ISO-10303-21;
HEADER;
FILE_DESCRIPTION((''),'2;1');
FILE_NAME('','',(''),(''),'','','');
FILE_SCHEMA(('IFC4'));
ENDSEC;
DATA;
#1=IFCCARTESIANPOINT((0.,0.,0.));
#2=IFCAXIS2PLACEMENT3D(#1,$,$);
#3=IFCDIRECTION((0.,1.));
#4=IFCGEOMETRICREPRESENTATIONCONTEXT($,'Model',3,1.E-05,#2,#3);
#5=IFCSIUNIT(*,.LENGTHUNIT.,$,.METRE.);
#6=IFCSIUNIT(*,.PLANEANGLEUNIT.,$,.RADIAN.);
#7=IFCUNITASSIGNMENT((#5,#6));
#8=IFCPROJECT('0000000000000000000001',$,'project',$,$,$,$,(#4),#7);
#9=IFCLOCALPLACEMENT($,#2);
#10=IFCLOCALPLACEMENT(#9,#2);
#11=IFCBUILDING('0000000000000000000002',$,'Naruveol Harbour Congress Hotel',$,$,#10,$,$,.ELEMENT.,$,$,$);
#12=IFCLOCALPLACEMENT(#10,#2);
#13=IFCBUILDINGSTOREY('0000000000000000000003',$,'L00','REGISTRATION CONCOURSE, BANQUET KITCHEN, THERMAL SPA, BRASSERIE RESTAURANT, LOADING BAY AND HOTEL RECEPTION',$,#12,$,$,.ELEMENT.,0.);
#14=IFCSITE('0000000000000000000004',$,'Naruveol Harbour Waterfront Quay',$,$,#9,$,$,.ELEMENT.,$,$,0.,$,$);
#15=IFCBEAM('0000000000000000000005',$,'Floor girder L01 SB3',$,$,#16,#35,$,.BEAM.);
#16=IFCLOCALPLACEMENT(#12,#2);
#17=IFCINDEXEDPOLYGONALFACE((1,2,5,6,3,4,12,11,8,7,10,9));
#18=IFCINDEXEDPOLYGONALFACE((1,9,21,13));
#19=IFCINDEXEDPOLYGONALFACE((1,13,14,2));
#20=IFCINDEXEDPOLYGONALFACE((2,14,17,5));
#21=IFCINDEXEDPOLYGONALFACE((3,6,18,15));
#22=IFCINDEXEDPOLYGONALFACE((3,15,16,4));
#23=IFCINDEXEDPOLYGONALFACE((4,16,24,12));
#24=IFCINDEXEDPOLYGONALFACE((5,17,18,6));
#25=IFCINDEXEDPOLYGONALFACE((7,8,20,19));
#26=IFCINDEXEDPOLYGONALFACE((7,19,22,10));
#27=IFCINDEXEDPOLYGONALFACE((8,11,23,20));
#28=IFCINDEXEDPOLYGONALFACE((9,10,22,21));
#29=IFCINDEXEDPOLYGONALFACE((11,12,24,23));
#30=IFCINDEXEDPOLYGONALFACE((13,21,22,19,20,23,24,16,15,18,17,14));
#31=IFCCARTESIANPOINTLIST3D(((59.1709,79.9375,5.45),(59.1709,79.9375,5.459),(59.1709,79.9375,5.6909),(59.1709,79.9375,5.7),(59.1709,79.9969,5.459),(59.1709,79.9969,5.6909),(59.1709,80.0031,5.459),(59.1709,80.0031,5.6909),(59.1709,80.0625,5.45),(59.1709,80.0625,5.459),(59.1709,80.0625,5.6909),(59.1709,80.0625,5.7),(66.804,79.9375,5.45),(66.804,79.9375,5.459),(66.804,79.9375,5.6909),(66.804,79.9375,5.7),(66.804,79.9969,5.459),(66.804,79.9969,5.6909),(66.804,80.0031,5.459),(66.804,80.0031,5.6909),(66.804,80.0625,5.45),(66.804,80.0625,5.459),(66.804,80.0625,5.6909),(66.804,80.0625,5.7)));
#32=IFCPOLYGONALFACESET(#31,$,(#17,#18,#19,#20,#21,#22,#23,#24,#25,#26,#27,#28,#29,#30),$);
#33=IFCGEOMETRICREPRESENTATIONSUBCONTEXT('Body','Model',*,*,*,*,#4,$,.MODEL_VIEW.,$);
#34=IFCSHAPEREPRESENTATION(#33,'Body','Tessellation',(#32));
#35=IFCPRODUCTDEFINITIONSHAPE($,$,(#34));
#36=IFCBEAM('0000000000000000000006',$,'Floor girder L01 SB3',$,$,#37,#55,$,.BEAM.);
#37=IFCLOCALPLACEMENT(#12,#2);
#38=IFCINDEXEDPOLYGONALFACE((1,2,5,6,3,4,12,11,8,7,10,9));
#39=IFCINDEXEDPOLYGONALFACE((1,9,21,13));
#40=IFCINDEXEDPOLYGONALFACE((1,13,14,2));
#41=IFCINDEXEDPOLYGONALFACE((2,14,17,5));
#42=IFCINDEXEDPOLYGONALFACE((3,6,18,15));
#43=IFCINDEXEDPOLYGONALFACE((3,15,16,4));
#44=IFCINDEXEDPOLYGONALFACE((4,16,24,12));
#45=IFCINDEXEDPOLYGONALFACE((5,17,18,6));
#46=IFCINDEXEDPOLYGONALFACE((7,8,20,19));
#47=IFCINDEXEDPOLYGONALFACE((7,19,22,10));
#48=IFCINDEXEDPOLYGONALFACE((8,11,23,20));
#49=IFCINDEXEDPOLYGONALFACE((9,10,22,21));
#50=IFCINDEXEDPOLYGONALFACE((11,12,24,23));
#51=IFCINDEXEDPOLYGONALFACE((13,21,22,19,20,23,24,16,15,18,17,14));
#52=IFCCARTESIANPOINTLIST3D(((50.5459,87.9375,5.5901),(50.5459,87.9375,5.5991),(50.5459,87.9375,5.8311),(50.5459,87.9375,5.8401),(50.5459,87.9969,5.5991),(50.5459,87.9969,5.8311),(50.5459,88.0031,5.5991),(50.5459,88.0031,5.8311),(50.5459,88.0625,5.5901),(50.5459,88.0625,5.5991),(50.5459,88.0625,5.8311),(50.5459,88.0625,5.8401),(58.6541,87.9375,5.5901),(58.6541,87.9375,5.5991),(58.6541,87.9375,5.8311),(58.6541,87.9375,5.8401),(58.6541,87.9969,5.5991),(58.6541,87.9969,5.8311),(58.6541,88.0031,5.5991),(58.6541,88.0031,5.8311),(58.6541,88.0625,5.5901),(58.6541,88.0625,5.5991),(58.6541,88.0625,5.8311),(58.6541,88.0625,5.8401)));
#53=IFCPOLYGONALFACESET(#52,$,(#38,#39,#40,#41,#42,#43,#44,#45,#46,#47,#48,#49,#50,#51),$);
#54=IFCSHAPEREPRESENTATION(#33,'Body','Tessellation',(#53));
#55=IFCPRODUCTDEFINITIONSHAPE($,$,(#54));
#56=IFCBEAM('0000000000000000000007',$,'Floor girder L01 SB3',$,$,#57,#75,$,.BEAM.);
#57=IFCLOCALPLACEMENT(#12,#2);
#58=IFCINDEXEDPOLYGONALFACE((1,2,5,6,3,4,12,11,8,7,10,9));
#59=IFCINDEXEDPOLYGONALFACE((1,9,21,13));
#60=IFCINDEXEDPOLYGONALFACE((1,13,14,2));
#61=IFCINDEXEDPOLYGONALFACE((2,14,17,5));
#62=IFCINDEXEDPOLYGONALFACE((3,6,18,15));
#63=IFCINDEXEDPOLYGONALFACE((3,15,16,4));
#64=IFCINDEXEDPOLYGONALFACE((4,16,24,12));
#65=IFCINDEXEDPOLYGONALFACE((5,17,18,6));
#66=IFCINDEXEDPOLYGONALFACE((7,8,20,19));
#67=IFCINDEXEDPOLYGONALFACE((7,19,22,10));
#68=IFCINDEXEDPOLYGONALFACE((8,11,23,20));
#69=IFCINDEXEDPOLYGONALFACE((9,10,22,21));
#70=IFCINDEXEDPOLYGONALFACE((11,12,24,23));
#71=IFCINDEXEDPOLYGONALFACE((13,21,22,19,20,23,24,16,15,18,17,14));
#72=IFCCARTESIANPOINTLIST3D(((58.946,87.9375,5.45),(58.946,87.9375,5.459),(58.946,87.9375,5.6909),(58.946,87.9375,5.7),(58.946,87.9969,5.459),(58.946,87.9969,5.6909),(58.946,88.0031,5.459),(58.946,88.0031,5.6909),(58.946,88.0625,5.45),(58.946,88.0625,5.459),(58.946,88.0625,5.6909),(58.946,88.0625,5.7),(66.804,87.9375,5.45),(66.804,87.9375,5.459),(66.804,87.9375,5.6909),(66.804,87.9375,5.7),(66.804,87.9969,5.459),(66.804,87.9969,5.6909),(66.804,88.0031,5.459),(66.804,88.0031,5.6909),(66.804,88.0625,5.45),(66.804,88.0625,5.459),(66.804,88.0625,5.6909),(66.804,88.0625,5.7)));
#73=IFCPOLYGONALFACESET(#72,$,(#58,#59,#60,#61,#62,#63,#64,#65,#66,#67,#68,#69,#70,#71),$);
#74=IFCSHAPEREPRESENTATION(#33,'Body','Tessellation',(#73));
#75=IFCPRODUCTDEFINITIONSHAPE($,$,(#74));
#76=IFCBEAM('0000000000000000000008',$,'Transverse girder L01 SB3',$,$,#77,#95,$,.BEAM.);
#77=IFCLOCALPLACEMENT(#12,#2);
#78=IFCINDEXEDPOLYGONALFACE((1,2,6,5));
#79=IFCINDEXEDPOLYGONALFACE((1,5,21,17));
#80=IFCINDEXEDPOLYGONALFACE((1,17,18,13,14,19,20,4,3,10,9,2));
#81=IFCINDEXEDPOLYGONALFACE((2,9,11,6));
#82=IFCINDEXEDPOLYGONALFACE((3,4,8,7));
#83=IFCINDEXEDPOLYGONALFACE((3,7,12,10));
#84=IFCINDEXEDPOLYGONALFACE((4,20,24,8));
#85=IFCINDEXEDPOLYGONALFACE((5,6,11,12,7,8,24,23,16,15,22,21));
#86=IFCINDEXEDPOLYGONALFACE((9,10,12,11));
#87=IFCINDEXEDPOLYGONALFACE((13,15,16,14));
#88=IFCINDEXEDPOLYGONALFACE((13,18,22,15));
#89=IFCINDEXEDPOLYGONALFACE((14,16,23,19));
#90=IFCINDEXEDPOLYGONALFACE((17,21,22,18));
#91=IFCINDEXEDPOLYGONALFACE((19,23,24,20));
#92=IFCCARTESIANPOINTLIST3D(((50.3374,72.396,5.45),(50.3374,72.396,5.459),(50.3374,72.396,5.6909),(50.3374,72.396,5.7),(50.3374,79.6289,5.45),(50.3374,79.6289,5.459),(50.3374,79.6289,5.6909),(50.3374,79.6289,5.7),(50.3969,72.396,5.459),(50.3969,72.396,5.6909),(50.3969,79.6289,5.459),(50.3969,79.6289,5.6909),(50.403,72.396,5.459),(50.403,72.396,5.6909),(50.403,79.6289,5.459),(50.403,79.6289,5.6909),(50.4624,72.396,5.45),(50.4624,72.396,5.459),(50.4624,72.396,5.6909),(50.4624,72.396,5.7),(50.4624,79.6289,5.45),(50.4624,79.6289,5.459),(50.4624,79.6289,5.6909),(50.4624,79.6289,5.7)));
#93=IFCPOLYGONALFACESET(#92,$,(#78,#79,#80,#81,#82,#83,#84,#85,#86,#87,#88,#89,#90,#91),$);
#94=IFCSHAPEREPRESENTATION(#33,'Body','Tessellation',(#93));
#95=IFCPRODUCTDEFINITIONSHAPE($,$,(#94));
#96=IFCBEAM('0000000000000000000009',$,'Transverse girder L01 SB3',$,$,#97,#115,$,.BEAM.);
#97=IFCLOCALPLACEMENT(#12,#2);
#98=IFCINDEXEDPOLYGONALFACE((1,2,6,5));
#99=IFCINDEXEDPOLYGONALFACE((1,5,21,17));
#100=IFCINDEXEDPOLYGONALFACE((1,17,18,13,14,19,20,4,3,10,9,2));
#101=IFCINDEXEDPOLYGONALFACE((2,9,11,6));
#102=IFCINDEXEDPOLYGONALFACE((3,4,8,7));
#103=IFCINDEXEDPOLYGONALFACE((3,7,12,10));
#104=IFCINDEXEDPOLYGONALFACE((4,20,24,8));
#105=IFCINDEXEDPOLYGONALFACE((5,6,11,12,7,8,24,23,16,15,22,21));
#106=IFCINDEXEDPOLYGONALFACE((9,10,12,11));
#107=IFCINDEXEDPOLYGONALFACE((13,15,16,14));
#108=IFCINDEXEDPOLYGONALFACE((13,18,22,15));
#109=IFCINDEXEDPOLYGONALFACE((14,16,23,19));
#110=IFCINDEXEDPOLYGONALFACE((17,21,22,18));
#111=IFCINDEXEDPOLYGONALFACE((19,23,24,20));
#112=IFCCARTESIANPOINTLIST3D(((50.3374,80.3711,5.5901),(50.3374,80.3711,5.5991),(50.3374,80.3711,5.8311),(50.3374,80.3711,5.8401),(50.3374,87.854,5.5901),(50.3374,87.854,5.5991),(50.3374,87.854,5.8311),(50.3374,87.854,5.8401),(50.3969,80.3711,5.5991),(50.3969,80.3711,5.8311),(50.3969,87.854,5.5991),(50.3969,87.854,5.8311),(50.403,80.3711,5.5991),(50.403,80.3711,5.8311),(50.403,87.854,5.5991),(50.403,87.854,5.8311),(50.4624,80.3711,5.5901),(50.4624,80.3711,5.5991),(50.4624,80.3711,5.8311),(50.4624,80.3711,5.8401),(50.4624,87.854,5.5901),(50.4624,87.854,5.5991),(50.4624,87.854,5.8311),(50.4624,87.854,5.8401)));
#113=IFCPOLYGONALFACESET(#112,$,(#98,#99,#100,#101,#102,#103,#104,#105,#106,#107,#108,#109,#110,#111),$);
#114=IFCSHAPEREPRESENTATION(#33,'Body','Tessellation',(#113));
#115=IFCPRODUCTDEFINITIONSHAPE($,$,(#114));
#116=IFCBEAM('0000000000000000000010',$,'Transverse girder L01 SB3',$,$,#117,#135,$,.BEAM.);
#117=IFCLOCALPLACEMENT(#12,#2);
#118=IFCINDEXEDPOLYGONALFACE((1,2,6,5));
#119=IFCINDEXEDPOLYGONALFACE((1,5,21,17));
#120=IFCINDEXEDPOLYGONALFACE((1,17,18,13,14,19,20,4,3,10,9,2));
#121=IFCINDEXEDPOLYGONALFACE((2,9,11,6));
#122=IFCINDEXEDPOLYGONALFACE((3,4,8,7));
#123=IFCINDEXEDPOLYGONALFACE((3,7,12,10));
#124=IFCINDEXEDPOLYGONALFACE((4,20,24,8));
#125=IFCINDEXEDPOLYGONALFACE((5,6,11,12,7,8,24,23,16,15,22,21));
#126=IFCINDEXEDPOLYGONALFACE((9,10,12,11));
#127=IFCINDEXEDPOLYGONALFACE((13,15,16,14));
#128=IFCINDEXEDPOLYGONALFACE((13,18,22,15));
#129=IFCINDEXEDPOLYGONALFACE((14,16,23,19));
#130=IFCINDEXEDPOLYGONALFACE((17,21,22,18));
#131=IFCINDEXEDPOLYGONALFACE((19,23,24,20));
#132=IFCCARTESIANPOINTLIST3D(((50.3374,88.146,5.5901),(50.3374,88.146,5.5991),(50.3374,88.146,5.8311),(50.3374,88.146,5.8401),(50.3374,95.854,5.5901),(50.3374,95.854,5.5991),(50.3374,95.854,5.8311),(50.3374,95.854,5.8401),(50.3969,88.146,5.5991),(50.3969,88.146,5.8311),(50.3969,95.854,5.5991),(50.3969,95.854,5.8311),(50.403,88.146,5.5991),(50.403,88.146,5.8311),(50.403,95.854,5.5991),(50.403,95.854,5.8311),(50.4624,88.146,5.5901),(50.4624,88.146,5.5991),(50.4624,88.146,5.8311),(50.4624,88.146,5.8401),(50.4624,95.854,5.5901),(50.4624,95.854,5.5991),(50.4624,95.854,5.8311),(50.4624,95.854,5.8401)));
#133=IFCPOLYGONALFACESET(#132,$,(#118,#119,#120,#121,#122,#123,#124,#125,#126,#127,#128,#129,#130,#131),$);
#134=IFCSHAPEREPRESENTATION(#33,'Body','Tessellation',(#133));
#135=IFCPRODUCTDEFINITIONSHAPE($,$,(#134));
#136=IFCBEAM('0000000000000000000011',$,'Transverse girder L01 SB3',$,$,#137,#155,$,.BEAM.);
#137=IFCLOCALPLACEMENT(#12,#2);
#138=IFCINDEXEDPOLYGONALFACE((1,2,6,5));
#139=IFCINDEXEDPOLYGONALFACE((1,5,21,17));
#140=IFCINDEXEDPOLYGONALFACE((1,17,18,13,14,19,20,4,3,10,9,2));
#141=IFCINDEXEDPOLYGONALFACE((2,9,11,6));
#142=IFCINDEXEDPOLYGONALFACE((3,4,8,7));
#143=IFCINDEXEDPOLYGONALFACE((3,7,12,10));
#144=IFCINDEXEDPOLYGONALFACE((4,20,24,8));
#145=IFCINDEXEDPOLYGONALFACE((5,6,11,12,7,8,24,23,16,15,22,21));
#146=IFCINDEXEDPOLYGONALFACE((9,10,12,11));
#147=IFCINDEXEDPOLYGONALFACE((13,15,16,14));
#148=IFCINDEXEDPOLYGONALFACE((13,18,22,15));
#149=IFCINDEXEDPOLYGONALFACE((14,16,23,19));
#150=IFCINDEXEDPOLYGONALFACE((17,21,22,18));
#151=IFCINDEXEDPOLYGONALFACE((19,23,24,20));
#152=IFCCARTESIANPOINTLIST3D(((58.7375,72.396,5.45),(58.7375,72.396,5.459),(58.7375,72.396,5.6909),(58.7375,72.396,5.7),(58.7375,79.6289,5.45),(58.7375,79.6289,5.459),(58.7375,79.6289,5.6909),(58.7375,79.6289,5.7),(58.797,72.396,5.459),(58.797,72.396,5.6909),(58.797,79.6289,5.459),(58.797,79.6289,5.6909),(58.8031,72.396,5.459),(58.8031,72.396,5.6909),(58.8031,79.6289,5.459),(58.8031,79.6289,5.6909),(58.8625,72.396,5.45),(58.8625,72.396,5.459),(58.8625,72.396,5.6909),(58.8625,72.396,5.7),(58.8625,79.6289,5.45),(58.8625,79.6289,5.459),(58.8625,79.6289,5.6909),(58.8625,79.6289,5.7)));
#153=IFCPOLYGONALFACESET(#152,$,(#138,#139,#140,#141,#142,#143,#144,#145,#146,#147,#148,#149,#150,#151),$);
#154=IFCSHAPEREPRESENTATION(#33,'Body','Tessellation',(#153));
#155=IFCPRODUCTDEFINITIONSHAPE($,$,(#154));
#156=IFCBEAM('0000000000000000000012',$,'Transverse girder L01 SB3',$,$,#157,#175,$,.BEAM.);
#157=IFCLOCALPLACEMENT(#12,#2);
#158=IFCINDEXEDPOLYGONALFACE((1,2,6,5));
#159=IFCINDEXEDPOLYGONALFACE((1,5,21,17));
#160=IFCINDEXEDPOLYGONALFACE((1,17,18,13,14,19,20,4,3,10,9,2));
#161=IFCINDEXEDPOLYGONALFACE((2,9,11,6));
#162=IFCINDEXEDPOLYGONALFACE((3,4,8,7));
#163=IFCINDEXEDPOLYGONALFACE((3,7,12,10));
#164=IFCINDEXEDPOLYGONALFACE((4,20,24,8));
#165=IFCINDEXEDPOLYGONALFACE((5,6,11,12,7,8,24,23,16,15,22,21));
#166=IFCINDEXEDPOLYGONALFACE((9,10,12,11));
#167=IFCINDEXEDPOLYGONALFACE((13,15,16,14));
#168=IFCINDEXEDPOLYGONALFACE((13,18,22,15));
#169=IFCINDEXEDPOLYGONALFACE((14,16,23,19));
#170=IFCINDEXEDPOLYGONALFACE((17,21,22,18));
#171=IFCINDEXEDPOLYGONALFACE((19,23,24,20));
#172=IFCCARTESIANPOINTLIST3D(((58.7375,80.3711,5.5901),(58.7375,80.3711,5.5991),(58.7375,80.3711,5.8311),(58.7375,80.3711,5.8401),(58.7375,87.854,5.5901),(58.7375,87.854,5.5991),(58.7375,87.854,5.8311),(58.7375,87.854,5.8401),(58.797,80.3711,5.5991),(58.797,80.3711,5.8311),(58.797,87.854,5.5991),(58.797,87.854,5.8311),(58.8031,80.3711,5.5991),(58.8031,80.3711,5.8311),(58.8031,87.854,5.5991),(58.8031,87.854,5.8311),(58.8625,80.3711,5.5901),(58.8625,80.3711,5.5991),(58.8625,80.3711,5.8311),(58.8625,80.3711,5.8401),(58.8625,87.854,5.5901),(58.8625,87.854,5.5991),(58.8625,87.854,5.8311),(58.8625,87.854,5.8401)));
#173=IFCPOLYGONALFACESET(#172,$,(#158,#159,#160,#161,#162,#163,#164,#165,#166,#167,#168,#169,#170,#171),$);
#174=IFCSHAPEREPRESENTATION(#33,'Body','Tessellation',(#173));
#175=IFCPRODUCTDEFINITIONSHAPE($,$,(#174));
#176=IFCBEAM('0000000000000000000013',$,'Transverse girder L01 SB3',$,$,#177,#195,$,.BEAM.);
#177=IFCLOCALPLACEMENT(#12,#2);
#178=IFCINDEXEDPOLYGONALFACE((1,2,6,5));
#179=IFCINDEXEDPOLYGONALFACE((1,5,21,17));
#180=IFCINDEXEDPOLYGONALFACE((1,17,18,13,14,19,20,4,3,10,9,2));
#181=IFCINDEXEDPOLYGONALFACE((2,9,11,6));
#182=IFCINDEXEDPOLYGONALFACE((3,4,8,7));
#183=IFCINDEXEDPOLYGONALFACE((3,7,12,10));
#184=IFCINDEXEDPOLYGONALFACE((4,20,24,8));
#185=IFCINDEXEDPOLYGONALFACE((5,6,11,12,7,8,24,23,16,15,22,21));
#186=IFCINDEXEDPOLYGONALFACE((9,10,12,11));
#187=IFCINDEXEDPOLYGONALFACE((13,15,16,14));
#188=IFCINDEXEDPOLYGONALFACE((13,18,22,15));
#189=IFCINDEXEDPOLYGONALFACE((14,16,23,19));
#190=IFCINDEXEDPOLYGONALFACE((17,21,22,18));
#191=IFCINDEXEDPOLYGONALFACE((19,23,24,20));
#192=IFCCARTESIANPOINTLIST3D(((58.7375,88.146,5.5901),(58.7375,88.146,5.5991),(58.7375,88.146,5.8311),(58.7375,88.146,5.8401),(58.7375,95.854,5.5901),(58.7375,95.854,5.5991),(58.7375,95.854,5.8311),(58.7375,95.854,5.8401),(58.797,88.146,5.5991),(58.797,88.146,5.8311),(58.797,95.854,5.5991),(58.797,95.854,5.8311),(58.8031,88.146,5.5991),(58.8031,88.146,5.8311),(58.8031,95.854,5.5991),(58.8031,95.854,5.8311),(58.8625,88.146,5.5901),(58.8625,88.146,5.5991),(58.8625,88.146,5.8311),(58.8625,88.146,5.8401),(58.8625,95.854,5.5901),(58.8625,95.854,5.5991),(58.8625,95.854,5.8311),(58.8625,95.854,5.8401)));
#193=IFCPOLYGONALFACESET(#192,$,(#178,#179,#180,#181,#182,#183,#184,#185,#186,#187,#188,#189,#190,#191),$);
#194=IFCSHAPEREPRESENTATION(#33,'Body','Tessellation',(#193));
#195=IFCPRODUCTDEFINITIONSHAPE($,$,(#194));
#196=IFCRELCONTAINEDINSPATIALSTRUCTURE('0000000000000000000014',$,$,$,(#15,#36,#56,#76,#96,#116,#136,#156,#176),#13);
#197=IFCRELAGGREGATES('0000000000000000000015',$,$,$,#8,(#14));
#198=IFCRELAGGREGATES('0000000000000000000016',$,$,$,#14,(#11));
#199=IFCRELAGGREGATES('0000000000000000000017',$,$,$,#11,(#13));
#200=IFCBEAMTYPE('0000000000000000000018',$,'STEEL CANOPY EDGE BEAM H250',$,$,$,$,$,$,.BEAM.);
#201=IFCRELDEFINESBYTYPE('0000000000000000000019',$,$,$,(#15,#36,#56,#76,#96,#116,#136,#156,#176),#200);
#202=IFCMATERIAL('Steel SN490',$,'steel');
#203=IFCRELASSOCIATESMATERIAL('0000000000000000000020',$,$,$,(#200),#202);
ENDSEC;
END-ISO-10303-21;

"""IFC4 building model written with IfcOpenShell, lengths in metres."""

from ifc_helpers import new_model, si_unit, direction, frame, origin, origin_2d, place, context, subcontext, project, spatial, i_section, extrude, material, material_profile, profile_set, type_object, element, save


model = new_model("IFC4")

# Units and contexts
model_context = context("Model", 3, precision=1e-05, world=origin(), true_north=direction((0.0, 1.0)))
body_context = subcontext(model_context, "Body", "Model", "MODEL_VIEW")
ifc_project = project(units=[si_unit("LENGTHUNIT", "METRE"), si_unit("PLANEANGLEUNIT", "RADIAN")], contexts=[model_context])

# Site, building, storey
site_placement = place(None, origin())
site = spatial("IfcSite", under=ifc_project, at=site_placement, Name="Naruveol Harbour Waterfront Quay", CompositionType="ELEMENT", RefElevation=0.0)
building_placement = place(site_placement, origin())
building = spatial("IfcBuilding", under=site, at=building_placement, Name="Naruveol Harbour Congress Hotel", CompositionType="ELEMENT")
storey_placement = place(building_placement, origin())
storey = spatial("IfcBuildingStorey", under=building, at=storey_placement, Name="L00", Description="REGISTRATION CONCOURSE, BANQUET KITCHEN, THERMAL SPA, BRASSERIE RESTAURANT, LOADING BAY AND HOTEL RECEPTION", CompositionType="ELEMENT", Elevation=0.0)

# Beams
ifc_material_1 = material(Name="Steel SN490", Category="steel")
ifc_material_profile_1 = material_profile(ifc_material_1, i_section(OverallWidth=0.125, OverallDepth=0.25, WebThickness=0.0061, FlangeThickness=0.009, at=origin_2d()), Name="H-250x125x6x9")
ifc_profile_set_1 = profile_set([ifc_material_profile_1], Name="Steel SN490")
beam_type_1 = type_object("IfcBeamType", Name="STEEL CANOPY EDGE BEAM H250", PredefinedType="BEAM", material=ifc_profile_set_1)
beam_1_placement = place(storey_placement, frame((59.1709, 80.0, 5.575), z_axis=(1.0, 0.0, 0.0), x_axis=(0.0, 1.0, 0.0)))
element("IfcBeam", 1, at=beam_1_placement, inside=storey, type_object=beam_type_1, Name="Floor girder L01 SB3", PredefinedType="BEAM", context=body_context, shape_type="SweptSolid", body=[
    extrude(i_section(OverallWidth=0.125, OverallDepth=0.25, WebThickness=0.0061, FlangeThickness=0.009, at=origin_2d()), origin(), (0.0, 0.0, 1.0), 7.6331),
])
beam_2_placement = place(storey_placement, frame((50.5459, 88.0, 5.7151), z_axis=(1.0, 0.0, 0.0), x_axis=(0.0, 1.0, 0.0)))
element("IfcBeam", 2, at=beam_2_placement, inside=storey, type_object=beam_type_1, Name="Floor girder L01 SB3", PredefinedType="BEAM", context=body_context, shape_type="SweptSolid", body=[
    extrude(i_section(OverallWidth=0.125, OverallDepth=0.25, WebThickness=0.0061, FlangeThickness=0.009, at=origin_2d()), origin(), (0.0, 0.0, 1.0), 8.1082),
])
beam_3_placement = place(storey_placement, frame((58.946, 88.0, 5.575), z_axis=(1.0, 0.0, 0.0), x_axis=(0.0, 1.0, 0.0)))
element("IfcBeam", 3, at=beam_3_placement, inside=storey, type_object=beam_type_1, Name="Floor girder L01 SB3", PredefinedType="BEAM", context=body_context, shape_type="SweptSolid", body=[
    extrude(i_section(OverallWidth=0.125, OverallDepth=0.25, WebThickness=0.0061, FlangeThickness=0.009, at=origin_2d()), origin(), (0.0, 0.0, 1.0), 7.8579),
])
beam_4_placement = place(storey_placement, frame((50.3999, 72.396, 5.575), z_axis=(0.0, 1.0, 0.0), x_axis=(-1.0, 0.0, 0.0)))
element("IfcBeam", 4, at=beam_4_placement, inside=storey, type_object=beam_type_1, Name="Transverse girder L01 SB3", PredefinedType="BEAM", context=body_context, shape_type="SweptSolid", body=[
    extrude(i_section(OverallWidth=0.125, OverallDepth=0.25, WebThickness=0.0061, FlangeThickness=0.009, at=origin_2d()), origin(), (0.0, 0.0, 1.0), 7.2329),
])
beam_5_placement = place(storey_placement, frame((50.3999, 80.3711, 5.7151), z_axis=(0.0, 1.0, 0.0), x_axis=(-1.0, 0.0, 0.0)))
element("IfcBeam", 5, at=beam_5_placement, inside=storey, type_object=beam_type_1, Name="Transverse girder L01 SB3", PredefinedType="BEAM", context=body_context, shape_type="SweptSolid", body=[
    extrude(i_section(OverallWidth=0.125, OverallDepth=0.25, WebThickness=0.0061, FlangeThickness=0.009, at=origin_2d()), origin(), (0.0, 0.0, 1.0), 7.4829),
])
beam_6_placement = place(storey_placement, frame((50.3999, 88.146, 5.7151), z_axis=(0.0, 1.0, 0.0), x_axis=(-1.0, 0.0, 0.0)))
element("IfcBeam", 6, at=beam_6_placement, inside=storey, type_object=beam_type_1, Name="Transverse girder L01 SB3", PredefinedType="BEAM", context=body_context, shape_type="SweptSolid", body=[
    extrude(i_section(OverallWidth=0.125, OverallDepth=0.25, WebThickness=0.0061, FlangeThickness=0.009, at=origin_2d()), origin(), (0.0, 0.0, 1.0), 7.708),
])
beam_7_placement = place(storey_placement, frame((58.8, 72.396, 5.575), z_axis=(0.0, 1.0, 0.0), x_axis=(-1.0, 0.0, 0.0)))
element("IfcBeam", 7, at=beam_7_placement, inside=storey, type_object=beam_type_1, Name="Transverse girder L01 SB3", PredefinedType="BEAM", context=body_context, shape_type="SweptSolid", body=[
    extrude(i_section(OverallWidth=0.125, OverallDepth=0.25, WebThickness=0.0061, FlangeThickness=0.009, at=origin_2d()), origin(), (0.0, 0.0, 1.0), 7.2329),
])
beam_8_placement = place(storey_placement, frame((58.8, 80.3711, 5.7151), z_axis=(0.0, 1.0, 0.0), x_axis=(-1.0, 0.0, 0.0)))
element("IfcBeam", 8, at=beam_8_placement, inside=storey, type_object=beam_type_1, Name="Transverse girder L01 SB3", PredefinedType="BEAM", context=body_context, shape_type="SweptSolid", body=[
    extrude(i_section(OverallWidth=0.125, OverallDepth=0.25, WebThickness=0.0061, FlangeThickness=0.009, at=origin_2d()), origin(), (0.0, 0.0, 1.0), 7.4829),
])
beam_9_placement = place(storey_placement, frame((58.8, 88.146, 5.7151), z_axis=(0.0, 1.0, 0.0), x_axis=(-1.0, 0.0, 0.0)))
element("IfcBeam", 9, at=beam_9_placement, inside=storey, type_object=beam_type_1, Name="Transverse girder L01 SB3", PredefinedType="BEAM", context=body_context, shape_type="SweptSolid", body=[
    extrude(i_section(OverallWidth=0.125, OverallDepth=0.25, WebThickness=0.0061, FlangeThickness=0.009, at=origin_2d()), origin(), (0.0, 0.0, 1.0), 7.708),
])

save(model, "model.ifc")
